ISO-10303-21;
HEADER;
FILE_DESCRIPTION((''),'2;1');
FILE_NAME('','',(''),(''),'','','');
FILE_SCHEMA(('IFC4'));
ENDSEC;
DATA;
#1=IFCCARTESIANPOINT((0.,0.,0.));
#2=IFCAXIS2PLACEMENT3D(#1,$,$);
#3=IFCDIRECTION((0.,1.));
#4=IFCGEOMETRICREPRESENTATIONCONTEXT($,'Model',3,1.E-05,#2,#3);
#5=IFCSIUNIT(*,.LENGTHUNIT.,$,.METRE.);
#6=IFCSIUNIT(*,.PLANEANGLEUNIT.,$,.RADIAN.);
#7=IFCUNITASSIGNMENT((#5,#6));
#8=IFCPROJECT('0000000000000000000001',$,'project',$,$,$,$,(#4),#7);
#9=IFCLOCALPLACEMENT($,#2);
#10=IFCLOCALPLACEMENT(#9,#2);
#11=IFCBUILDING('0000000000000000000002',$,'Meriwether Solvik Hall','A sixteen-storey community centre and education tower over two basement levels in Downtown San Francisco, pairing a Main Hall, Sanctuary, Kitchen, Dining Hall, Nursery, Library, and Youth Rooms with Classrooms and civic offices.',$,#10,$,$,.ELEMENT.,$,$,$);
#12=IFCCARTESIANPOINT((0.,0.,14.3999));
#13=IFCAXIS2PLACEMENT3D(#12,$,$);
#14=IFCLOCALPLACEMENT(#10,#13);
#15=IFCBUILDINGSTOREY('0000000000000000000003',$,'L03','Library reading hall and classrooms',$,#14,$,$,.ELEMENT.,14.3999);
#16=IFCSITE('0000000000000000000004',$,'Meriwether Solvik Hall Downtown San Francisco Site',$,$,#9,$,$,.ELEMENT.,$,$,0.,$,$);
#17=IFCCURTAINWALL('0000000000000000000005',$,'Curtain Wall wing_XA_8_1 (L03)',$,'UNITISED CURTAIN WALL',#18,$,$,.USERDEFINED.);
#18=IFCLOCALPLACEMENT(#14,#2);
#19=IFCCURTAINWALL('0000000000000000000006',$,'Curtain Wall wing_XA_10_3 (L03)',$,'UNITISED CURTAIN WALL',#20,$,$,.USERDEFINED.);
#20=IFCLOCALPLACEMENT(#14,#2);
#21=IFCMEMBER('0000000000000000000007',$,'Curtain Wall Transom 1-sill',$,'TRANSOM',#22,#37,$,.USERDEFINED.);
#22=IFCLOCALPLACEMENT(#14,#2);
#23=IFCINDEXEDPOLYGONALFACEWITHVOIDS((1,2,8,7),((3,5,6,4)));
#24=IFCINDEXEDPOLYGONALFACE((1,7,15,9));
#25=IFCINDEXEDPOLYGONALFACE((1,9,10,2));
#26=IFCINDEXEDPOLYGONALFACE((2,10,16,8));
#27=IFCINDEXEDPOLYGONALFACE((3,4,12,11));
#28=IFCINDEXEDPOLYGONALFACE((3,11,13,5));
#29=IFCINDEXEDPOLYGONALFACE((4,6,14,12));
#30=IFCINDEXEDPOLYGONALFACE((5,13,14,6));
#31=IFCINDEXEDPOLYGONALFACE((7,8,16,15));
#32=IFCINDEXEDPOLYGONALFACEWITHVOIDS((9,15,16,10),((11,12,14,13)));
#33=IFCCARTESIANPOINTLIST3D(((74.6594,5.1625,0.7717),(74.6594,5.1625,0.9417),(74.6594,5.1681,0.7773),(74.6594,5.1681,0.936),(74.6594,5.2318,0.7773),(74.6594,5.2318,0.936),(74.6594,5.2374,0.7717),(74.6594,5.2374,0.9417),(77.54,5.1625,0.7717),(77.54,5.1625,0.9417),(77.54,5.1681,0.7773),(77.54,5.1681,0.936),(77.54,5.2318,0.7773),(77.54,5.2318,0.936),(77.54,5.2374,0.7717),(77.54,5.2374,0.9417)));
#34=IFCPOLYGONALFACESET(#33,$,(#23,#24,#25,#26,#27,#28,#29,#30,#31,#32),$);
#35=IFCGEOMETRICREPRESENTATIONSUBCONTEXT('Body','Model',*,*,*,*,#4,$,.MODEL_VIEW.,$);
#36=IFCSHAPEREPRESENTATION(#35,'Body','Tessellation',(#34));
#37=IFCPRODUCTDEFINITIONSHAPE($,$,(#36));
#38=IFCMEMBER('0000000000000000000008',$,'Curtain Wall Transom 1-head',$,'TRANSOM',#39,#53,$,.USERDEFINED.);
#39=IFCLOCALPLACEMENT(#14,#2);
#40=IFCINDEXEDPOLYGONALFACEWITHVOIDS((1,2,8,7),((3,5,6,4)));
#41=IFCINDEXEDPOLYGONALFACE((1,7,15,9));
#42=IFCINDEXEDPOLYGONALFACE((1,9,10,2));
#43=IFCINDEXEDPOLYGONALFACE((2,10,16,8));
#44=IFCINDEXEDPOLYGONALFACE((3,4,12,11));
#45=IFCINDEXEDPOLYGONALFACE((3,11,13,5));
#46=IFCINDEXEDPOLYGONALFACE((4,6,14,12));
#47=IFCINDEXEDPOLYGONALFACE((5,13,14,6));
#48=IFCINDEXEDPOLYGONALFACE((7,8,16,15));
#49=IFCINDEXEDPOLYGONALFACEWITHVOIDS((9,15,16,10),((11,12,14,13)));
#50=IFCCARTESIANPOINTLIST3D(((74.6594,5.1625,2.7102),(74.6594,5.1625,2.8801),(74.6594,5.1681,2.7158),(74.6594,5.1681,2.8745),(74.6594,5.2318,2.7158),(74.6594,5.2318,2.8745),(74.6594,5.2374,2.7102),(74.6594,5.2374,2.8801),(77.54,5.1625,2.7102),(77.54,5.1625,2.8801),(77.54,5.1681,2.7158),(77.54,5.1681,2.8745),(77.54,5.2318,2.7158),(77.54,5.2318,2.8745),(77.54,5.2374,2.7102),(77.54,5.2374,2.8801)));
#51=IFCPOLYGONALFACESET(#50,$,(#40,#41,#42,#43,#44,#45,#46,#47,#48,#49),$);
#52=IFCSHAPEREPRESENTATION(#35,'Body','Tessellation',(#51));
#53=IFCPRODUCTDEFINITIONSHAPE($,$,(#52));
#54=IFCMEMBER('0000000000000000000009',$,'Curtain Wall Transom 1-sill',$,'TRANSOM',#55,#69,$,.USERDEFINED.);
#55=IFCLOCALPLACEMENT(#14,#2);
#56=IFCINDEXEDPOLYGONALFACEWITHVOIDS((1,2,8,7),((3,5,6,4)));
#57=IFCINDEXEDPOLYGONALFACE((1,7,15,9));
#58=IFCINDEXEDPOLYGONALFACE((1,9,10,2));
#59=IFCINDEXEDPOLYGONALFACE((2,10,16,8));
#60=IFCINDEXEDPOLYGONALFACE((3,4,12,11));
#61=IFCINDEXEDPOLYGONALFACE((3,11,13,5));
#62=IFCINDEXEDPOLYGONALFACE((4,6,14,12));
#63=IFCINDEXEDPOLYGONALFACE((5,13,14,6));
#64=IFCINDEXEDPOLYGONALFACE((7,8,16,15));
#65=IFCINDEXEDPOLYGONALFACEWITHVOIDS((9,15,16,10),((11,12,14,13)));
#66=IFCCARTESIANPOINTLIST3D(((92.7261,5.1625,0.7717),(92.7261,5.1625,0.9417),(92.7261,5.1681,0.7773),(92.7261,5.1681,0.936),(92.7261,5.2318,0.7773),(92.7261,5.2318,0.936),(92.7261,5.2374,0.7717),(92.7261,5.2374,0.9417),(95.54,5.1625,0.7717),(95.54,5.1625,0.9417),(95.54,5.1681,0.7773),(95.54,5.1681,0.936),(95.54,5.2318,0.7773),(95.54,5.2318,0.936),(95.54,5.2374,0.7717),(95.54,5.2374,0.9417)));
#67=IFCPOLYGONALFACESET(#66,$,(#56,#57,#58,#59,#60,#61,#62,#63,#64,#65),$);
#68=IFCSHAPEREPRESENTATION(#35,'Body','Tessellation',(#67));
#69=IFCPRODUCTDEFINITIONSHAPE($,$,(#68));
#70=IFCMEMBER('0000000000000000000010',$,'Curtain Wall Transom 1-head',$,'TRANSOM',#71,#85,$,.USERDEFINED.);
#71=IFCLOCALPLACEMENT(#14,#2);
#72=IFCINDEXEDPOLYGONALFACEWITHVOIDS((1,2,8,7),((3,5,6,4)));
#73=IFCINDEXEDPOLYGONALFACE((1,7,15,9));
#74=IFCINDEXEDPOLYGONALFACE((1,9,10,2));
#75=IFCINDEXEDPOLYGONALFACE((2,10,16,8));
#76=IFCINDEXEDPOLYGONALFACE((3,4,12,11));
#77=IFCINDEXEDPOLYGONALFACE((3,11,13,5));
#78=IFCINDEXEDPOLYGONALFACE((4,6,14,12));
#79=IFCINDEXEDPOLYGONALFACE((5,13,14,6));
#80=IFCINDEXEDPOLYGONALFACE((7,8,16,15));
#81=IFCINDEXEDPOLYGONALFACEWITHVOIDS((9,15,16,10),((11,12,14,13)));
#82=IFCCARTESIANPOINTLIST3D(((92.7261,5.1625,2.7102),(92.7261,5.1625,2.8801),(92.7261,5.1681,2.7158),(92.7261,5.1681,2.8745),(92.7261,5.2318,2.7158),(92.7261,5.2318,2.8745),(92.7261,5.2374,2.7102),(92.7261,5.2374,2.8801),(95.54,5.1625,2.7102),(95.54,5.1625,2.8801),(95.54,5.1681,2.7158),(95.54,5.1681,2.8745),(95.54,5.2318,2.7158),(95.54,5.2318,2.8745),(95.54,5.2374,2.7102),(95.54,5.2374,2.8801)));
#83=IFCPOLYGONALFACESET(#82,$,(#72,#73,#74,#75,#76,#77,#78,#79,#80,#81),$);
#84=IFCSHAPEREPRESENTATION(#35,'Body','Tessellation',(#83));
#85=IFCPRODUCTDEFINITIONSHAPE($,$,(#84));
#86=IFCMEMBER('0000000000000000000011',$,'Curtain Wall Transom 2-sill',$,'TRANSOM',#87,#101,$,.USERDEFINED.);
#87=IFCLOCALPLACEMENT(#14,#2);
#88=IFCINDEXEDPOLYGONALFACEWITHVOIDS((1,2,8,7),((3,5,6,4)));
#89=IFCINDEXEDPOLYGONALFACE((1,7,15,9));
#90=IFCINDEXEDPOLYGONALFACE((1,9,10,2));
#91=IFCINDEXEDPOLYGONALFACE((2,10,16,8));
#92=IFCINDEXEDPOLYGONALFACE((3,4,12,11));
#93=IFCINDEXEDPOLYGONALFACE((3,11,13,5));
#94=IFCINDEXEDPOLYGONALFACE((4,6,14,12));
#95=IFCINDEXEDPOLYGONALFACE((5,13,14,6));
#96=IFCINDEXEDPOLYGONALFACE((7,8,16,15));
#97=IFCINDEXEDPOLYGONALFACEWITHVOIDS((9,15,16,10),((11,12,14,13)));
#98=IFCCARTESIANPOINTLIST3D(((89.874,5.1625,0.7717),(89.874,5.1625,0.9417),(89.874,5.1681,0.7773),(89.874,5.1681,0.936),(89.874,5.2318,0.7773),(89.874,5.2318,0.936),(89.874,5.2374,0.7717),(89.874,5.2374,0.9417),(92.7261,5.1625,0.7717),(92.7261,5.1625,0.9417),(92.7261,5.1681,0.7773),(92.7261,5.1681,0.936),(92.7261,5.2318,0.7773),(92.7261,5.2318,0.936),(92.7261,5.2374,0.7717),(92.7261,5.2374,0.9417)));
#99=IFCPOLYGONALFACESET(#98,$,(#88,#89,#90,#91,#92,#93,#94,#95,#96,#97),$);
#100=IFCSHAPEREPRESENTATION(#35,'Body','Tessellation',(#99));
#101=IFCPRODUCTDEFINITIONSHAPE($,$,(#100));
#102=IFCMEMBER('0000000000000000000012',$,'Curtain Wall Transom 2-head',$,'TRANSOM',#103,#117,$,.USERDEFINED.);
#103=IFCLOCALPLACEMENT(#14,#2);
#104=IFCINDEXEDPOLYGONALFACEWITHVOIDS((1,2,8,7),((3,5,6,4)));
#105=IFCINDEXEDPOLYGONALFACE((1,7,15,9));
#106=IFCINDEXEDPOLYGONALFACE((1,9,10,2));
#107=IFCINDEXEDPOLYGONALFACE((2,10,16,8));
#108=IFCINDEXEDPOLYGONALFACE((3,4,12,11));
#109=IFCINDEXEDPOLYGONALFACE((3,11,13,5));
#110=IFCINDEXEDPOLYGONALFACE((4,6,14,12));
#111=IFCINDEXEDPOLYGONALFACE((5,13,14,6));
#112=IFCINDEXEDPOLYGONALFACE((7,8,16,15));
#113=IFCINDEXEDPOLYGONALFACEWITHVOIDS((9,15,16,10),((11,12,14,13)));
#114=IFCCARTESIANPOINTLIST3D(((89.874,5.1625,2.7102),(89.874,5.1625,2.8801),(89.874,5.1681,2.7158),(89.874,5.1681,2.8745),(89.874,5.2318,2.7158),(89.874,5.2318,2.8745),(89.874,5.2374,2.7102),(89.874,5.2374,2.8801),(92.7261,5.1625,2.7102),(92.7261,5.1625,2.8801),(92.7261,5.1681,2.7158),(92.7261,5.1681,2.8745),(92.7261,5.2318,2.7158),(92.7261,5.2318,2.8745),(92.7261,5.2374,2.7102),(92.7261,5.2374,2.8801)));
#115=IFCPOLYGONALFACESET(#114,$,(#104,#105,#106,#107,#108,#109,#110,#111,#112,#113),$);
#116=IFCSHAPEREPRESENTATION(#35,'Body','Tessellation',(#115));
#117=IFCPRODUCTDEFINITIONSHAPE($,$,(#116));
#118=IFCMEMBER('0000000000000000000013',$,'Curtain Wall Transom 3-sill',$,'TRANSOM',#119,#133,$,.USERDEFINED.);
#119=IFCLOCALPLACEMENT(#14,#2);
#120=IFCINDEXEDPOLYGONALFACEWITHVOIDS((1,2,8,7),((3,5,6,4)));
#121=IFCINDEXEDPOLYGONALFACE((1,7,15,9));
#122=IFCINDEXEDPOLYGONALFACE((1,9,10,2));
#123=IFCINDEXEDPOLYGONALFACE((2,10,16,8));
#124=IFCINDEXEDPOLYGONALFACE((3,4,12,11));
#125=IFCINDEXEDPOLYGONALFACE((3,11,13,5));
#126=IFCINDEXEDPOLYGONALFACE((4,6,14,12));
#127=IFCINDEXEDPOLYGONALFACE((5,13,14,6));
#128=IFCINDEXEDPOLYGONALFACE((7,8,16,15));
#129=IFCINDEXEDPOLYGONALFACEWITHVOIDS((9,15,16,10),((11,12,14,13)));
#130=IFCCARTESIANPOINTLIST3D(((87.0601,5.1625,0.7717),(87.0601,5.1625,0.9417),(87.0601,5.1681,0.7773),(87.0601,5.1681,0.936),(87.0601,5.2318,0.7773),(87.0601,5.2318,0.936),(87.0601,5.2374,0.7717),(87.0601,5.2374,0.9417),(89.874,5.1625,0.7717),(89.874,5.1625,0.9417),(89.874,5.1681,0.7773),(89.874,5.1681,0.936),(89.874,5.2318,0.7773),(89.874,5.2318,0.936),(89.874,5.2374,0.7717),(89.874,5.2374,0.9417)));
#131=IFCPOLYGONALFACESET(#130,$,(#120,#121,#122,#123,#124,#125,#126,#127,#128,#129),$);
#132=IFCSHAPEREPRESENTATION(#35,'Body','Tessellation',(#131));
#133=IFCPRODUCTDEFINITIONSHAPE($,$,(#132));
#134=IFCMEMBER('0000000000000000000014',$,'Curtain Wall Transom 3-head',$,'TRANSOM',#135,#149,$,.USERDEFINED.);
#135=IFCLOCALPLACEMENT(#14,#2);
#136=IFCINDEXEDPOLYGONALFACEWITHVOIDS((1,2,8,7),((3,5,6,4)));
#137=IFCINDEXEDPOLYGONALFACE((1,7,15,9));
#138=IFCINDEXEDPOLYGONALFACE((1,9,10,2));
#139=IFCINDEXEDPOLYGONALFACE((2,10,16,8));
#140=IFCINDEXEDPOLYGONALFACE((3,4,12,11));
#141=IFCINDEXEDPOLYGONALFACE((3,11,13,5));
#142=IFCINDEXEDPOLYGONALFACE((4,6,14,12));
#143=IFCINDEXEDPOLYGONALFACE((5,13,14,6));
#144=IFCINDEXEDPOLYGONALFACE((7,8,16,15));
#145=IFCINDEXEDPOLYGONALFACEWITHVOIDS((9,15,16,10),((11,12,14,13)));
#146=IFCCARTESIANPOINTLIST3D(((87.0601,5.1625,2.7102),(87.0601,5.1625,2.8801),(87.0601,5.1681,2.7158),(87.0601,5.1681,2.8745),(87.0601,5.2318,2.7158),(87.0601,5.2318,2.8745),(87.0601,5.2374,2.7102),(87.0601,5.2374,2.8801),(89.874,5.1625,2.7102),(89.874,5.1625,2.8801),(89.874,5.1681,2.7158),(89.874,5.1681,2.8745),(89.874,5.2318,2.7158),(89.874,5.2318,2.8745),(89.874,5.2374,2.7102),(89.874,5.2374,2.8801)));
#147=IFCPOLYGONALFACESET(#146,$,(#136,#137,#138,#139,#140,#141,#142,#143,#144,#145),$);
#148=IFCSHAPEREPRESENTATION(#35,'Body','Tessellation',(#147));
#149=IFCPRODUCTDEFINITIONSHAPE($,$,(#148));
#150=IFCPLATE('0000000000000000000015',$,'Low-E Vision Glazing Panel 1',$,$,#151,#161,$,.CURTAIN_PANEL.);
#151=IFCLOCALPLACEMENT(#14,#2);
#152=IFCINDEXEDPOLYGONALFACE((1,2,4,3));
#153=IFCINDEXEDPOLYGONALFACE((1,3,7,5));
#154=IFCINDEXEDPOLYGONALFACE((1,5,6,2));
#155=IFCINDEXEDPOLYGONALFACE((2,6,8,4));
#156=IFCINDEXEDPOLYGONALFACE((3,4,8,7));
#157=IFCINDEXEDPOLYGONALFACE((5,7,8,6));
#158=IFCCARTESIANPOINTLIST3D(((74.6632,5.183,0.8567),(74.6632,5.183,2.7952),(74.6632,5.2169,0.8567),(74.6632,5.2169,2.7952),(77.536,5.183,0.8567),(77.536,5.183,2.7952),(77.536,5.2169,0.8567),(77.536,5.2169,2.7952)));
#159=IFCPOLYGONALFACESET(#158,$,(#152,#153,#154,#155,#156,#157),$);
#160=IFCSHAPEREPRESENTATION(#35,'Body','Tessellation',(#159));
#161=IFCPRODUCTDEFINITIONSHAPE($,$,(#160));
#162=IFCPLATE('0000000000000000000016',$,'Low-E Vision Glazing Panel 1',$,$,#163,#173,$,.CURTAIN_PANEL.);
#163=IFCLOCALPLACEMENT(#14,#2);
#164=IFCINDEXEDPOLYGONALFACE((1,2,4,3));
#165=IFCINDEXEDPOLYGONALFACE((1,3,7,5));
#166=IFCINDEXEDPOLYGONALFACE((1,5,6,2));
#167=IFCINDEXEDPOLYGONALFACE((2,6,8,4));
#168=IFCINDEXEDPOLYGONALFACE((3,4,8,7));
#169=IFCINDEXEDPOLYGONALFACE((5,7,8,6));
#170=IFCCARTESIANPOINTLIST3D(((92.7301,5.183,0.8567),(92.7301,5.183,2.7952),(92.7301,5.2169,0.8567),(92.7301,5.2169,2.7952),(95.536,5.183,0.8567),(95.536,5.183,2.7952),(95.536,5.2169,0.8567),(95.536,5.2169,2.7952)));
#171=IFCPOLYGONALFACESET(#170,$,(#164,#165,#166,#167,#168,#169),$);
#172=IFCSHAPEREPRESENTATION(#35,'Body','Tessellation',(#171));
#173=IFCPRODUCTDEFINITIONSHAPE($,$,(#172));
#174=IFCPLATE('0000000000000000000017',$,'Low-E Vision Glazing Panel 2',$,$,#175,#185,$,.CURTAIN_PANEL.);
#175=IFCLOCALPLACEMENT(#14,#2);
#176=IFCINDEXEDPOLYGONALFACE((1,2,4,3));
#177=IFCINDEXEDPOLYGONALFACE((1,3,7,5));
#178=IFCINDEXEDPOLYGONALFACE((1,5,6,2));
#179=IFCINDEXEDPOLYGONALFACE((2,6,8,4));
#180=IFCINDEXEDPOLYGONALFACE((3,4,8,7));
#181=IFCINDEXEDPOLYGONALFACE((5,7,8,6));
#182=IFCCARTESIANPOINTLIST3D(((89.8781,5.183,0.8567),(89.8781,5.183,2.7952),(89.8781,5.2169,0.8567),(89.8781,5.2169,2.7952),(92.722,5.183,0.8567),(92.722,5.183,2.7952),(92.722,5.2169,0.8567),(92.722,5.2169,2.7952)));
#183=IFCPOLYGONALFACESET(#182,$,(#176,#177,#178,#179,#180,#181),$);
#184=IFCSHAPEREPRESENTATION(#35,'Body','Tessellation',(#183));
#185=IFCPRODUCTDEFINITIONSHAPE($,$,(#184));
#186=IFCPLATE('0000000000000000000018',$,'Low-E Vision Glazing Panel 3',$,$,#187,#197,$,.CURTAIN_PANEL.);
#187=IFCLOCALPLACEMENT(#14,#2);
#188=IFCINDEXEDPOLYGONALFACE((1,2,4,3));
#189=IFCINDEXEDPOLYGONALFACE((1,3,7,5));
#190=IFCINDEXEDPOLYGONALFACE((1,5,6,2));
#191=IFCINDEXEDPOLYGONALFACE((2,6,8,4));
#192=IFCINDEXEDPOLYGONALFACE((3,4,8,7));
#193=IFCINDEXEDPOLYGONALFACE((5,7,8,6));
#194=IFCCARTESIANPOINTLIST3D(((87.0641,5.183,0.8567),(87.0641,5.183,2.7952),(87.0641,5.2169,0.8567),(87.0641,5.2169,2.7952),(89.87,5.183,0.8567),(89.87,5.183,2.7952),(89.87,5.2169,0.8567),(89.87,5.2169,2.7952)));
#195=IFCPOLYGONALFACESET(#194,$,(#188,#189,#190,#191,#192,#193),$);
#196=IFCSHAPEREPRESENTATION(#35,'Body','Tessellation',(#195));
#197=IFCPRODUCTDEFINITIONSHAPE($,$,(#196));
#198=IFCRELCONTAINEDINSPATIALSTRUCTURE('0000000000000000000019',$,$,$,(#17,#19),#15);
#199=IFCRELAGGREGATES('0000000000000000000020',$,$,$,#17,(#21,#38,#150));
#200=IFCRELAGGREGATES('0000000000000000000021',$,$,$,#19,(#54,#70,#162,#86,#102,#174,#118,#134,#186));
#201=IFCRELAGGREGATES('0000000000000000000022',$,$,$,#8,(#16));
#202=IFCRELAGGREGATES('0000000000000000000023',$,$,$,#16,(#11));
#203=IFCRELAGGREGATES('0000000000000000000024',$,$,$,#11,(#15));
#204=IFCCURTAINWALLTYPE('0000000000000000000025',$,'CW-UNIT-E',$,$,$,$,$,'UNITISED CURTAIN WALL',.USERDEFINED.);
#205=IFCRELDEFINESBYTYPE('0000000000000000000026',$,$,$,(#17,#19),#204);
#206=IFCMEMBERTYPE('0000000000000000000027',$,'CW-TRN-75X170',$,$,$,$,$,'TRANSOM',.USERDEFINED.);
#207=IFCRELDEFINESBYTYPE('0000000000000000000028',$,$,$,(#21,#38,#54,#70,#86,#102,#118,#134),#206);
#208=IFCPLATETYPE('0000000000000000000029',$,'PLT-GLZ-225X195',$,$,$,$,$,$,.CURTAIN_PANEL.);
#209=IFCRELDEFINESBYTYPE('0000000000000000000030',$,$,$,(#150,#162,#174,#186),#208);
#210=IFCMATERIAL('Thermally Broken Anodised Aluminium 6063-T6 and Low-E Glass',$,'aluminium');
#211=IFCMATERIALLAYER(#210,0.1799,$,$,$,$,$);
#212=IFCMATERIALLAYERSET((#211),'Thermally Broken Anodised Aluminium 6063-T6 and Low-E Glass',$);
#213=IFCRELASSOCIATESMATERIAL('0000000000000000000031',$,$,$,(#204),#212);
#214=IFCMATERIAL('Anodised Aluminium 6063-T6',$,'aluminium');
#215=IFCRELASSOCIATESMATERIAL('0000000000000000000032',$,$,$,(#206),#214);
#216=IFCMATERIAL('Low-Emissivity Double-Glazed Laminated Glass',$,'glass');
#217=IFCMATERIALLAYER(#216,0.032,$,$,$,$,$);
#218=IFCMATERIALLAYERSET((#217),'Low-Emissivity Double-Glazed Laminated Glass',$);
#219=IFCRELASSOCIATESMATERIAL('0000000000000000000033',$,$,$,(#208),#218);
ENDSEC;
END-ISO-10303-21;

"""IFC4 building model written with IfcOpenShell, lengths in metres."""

from ifc_helpers import new_model, si_unit, direction, frame, origin, origin_2d, place, context, subcontext, project, spatial, rectangle, hollow_rectangle, extrude, material, layer, layer_set, material_profile, profile_set, type_object, element, aggregate, save


model = new_model("IFC4")

# Units and contexts
model_context = context("Model", 3, precision=1e-05, world=origin(), true_north=direction((0.0, 1.0)))
body_context = subcontext(model_context, "Body", "Model", "MODEL_VIEW")
ifc_project = project(units=[si_unit("LENGTHUNIT", "METRE"), si_unit("PLANEANGLEUNIT", "RADIAN")], contexts=[model_context])

# Site, building, storey
site_placement = place(None, origin())
site = spatial("IfcSite", under=ifc_project, at=site_placement, Name="Meriwether Solvik Hall Downtown San Francisco Site", CompositionType="ELEMENT", RefElevation=0.0)
building_placement = place(site_placement, origin())
building = spatial("IfcBuilding", under=site, at=building_placement, Name="Meriwether Solvik Hall", Description="A sixteen-storey community centre and education tower over two basement levels in Downtown San Francisco, pairing a Main Hall, Sanctuary, Kitchen, Dining Hall, Nursery, Library, and Youth Rooms with Classrooms and civic offices.", CompositionType="ELEMENT")
storey_placement = place(building_placement, frame((0.0, 0.0, 14.3999)))
storey = spatial("IfcBuildingStorey", under=building, at=storey_placement, Name="L03", Description="Library reading hall and classrooms", CompositionType="ELEMENT", Elevation=14.3999)

# Curtain wall
ifc_material_1 = material(Name="Thermally Broken Anodised Aluminium 6063-T6 and Low-E Glass", Category="aluminium")
ifc_layer_1 = layer(ifc_material_1, 0.1799)
ifc_layer_set_1 = layer_set([ifc_layer_1], Name="Thermally Broken Anodised Aluminium 6063-T6 and Low-E Glass")
curtain_wall_type = type_object("IfcCurtainWallType", Name="CW-UNIT-E", ElementType="UNITISED CURTAIN WALL", PredefinedType="USERDEFINED", material=ifc_layer_set_1)
curtain_wall_1_placement = place(storey_placement, origin())
curtain_wall_1 = element("IfcCurtainWall", 1, at=curtain_wall_1_placement, inside=storey, type_object=curtain_wall_type, Name="Curtain Wall wing_XA_8_1 (L03)", ObjectType="UNITISED CURTAIN WALL", PredefinedType="USERDEFINED")

# Curtain wall
curtain_wall_2_placement = place(storey_placement, origin())
curtain_wall_2 = element("IfcCurtainWall", 2, at=curtain_wall_2_placement, inside=storey, type_object=curtain_wall_type, Name="Curtain Wall wing_XA_10_3 (L03)", ObjectType="UNITISED CURTAIN WALL", PredefinedType="USERDEFINED")

# Members
ifc_material_2 = material(Name="Anodised Aluminium 6063-T6", Category="aluminium")
ifc_material_profile_1 = material_profile(ifc_material_2, hollow_rectangle(XDim=0.075, YDim=0.1699, WallThickness=0.0056, at=origin_2d()), Name="CWT-75X170")
ifc_profile_set_1 = profile_set([ifc_material_profile_1], Name="Anodised Aluminium 6063-T6")
member_type_1 = type_object("IfcMemberType", Name="CW-TRN-75X170", ElementType="TRANSOM", PredefinedType="USERDEFINED", material=ifc_profile_set_1)
member_1_placement = place(storey_placement, frame((77.54, 5.2, 0.8567), z_axis=(-1.0, 0.0, 0.0), x_axis=(0.0, -1.0, 0.0)))
member_1 = element("IfcMember", 3, at=member_1_placement, type_object=member_type_1, Name="Curtain Wall Transom 1-sill", ObjectType="TRANSOM", PredefinedType="USERDEFINED", context=body_context, shape_type="SweptSolid", body=[
    extrude(hollow_rectangle(XDim=0.075, YDim=0.1699, WallThickness=0.0056, at=origin_2d()), origin(), (0.0, 0.0, 1.0), 2.8806),
])
member_2_placement = place(storey_placement, frame((77.54, 5.2, 2.7952), z_axis=(-1.0, 0.0, 0.0), x_axis=(0.0, -1.0, 0.0)))
member_2 = element("IfcMember", 4, at=member_2_placement, type_object=member_type_1, Name="Curtain Wall Transom 1-head", ObjectType="TRANSOM", PredefinedType="USERDEFINED", context=body_context, shape_type="SweptSolid", body=[
    extrude(hollow_rectangle(XDim=0.075, YDim=0.1699, WallThickness=0.0056, at=origin_2d()), origin(), (0.0, 0.0, 1.0), 2.8806),
])
member_3_placement = place(storey_placement, frame((95.54, 5.2, 0.8567), z_axis=(-1.0, 0.0, 0.0), x_axis=(0.0, -1.0, 0.0)))
member_3 = element("IfcMember", 5, at=member_3_placement, type_object=member_type_1, Name="Curtain Wall Transom 1-sill", ObjectType="TRANSOM", PredefinedType="USERDEFINED", context=body_context, shape_type="SweptSolid", body=[
    extrude(hollow_rectangle(XDim=0.075, YDim=0.1699, WallThickness=0.0056, at=origin_2d()), origin(), (0.0, 0.0, 1.0), 2.814),
])
member_4_placement = place(storey_placement, frame((95.54, 5.2, 2.7952), z_axis=(-1.0, 0.0, 0.0), x_axis=(0.0, -1.0, 0.0)))
member_4 = element("IfcMember", 6, at=member_4_placement, type_object=member_type_1, Name="Curtain Wall Transom 1-head", ObjectType="TRANSOM", PredefinedType="USERDEFINED", context=body_context, shape_type="SweptSolid", body=[
    extrude(hollow_rectangle(XDim=0.075, YDim=0.1699, WallThickness=0.0056, at=origin_2d()), origin(), (0.0, 0.0, 1.0), 2.814),
])
member_5_placement = place(storey_placement, frame((92.7261, 5.2, 0.8567), z_axis=(-1.0, 0.0, 0.0), x_axis=(0.0, -1.0, 0.0)))
member_5 = element("IfcMember", 7, at=member_5_placement, type_object=member_type_1, Name="Curtain Wall Transom 2-sill", ObjectType="TRANSOM", PredefinedType="USERDEFINED", context=body_context, shape_type="SweptSolid", body=[
    extrude(hollow_rectangle(XDim=0.075, YDim=0.1699, WallThickness=0.0056, at=origin_2d()), origin(), (0.0, 0.0, 1.0), 2.8521),
])
member_6_placement = place(storey_placement, frame((92.7261, 5.2, 2.7952), z_axis=(-1.0, 0.0, 0.0), x_axis=(0.0, -1.0, 0.0)))
member_6 = element("IfcMember", 8, at=member_6_placement, type_object=member_type_1, Name="Curtain Wall Transom 2-head", ObjectType="TRANSOM", PredefinedType="USERDEFINED", context=body_context, shape_type="SweptSolid", body=[
    extrude(hollow_rectangle(XDim=0.075, YDim=0.1699, WallThickness=0.0056, at=origin_2d()), origin(), (0.0, 0.0, 1.0), 2.8521),
])
member_7_placement = place(storey_placement, frame((89.874, 5.2, 0.8567), z_axis=(-1.0, 0.0, 0.0), x_axis=(0.0, -1.0, 0.0)))
member_7 = element("IfcMember", 9, at=member_7_placement, type_object=member_type_1, Name="Curtain Wall Transom 3-sill", ObjectType="TRANSOM", PredefinedType="USERDEFINED", context=body_context, shape_type="SweptSolid", body=[
    extrude(hollow_rectangle(XDim=0.075, YDim=0.1699, WallThickness=0.0056, at=origin_2d()), origin(), (0.0, 0.0, 1.0), 2.814),
])
member_8_placement = place(storey_placement, frame((89.874, 5.2, 2.7952), z_axis=(-1.0, 0.0, 0.0), x_axis=(0.0, -1.0, 0.0)))
member_8 = element("IfcMember", 10, at=member_8_placement, type_object=member_type_1, Name="Curtain Wall Transom 3-head", ObjectType="TRANSOM", PredefinedType="USERDEFINED", context=body_context, shape_type="SweptSolid", body=[
    extrude(hollow_rectangle(XDim=0.075, YDim=0.1699, WallThickness=0.0056, at=origin_2d()), origin(), (0.0, 0.0, 1.0), 2.814),
])

# Plates
ifc_material_3 = material(Name="Low-Emissivity Double-Glazed Laminated Glass", Category="glass")
ifc_layer_2 = layer(ifc_material_3, 0.032)
ifc_layer_set_2 = layer_set([ifc_layer_2], Name="Low-Emissivity Double-Glazed Laminated Glass")
plate_type_1 = type_object("IfcPlateType", Name="PLT-GLZ-225X195", PredefinedType="CURTAIN_PANEL", material=ifc_layer_set_2)
plate_1_placement = place(storey_placement, frame((76.0996, 5.2, 0.8567), z_axis=(0.0, 0.0, 1.0), x_axis=(-1.0, 0.0, 0.0)))
plate_1 = element("IfcPlate", 11, at=plate_1_placement, type_object=plate_type_1, Name="Low-E Vision Glazing Panel 1", PredefinedType="CURTAIN_PANEL", context=body_context, shape_type="SweptSolid", body=[
    extrude(rectangle(XDim=2.8728, YDim=0.0339, at=origin_2d()), origin(), (0.0, 0.0, 1.0), 1.9385),
])
plate_2_placement = place(storey_placement, frame((94.1331, 5.2, 0.8567), z_axis=(0.0, 0.0, 1.0), x_axis=(-1.0, 0.0, 0.0)))
plate_2 = element("IfcPlate", 12, at=plate_2_placement, type_object=plate_type_1, Name="Low-E Vision Glazing Panel 1", PredefinedType="CURTAIN_PANEL", context=body_context, shape_type="SweptSolid", body=[
    extrude(rectangle(XDim=2.8059, YDim=0.0339, at=origin_2d()), origin(), (0.0, 0.0, 1.0), 1.9385),
])
plate_3_placement = place(storey_placement, frame((91.3, 5.2, 0.8567), z_axis=(0.0, 0.0, 1.0), x_axis=(-1.0, 0.0, 0.0)))
plate_3 = element("IfcPlate", 13, at=plate_3_placement, type_object=plate_type_1, Name="Low-E Vision Glazing Panel 2", PredefinedType="CURTAIN_PANEL", context=body_context, shape_type="SweptSolid", body=[
    extrude(rectangle(XDim=2.844, YDim=0.0339, at=origin_2d()), origin(), (0.0, 0.0, 1.0), 1.9385),
])
plate_4_placement = place(storey_placement, frame((88.467, 5.2, 0.8567), z_axis=(0.0, 0.0, 1.0), x_axis=(-1.0, 0.0, 0.0)))
plate_4 = element("IfcPlate", 14, at=plate_4_placement, type_object=plate_type_1, Name="Low-E Vision Glazing Panel 3", PredefinedType="CURTAIN_PANEL", context=body_context, shape_type="SweptSolid", body=[
    extrude(rectangle(XDim=2.8059, YDim=0.0339, at=origin_2d()), origin(), (0.0, 0.0, 1.0), 1.9385),
])
aggregate(curtain_wall_1, [member_1, member_2, plate_1])
aggregate(curtain_wall_2, [member_3, member_4, plate_2, member_5, member_6, plate_3, member_7, member_8, plate_4])

save(model, "model.ifc")
